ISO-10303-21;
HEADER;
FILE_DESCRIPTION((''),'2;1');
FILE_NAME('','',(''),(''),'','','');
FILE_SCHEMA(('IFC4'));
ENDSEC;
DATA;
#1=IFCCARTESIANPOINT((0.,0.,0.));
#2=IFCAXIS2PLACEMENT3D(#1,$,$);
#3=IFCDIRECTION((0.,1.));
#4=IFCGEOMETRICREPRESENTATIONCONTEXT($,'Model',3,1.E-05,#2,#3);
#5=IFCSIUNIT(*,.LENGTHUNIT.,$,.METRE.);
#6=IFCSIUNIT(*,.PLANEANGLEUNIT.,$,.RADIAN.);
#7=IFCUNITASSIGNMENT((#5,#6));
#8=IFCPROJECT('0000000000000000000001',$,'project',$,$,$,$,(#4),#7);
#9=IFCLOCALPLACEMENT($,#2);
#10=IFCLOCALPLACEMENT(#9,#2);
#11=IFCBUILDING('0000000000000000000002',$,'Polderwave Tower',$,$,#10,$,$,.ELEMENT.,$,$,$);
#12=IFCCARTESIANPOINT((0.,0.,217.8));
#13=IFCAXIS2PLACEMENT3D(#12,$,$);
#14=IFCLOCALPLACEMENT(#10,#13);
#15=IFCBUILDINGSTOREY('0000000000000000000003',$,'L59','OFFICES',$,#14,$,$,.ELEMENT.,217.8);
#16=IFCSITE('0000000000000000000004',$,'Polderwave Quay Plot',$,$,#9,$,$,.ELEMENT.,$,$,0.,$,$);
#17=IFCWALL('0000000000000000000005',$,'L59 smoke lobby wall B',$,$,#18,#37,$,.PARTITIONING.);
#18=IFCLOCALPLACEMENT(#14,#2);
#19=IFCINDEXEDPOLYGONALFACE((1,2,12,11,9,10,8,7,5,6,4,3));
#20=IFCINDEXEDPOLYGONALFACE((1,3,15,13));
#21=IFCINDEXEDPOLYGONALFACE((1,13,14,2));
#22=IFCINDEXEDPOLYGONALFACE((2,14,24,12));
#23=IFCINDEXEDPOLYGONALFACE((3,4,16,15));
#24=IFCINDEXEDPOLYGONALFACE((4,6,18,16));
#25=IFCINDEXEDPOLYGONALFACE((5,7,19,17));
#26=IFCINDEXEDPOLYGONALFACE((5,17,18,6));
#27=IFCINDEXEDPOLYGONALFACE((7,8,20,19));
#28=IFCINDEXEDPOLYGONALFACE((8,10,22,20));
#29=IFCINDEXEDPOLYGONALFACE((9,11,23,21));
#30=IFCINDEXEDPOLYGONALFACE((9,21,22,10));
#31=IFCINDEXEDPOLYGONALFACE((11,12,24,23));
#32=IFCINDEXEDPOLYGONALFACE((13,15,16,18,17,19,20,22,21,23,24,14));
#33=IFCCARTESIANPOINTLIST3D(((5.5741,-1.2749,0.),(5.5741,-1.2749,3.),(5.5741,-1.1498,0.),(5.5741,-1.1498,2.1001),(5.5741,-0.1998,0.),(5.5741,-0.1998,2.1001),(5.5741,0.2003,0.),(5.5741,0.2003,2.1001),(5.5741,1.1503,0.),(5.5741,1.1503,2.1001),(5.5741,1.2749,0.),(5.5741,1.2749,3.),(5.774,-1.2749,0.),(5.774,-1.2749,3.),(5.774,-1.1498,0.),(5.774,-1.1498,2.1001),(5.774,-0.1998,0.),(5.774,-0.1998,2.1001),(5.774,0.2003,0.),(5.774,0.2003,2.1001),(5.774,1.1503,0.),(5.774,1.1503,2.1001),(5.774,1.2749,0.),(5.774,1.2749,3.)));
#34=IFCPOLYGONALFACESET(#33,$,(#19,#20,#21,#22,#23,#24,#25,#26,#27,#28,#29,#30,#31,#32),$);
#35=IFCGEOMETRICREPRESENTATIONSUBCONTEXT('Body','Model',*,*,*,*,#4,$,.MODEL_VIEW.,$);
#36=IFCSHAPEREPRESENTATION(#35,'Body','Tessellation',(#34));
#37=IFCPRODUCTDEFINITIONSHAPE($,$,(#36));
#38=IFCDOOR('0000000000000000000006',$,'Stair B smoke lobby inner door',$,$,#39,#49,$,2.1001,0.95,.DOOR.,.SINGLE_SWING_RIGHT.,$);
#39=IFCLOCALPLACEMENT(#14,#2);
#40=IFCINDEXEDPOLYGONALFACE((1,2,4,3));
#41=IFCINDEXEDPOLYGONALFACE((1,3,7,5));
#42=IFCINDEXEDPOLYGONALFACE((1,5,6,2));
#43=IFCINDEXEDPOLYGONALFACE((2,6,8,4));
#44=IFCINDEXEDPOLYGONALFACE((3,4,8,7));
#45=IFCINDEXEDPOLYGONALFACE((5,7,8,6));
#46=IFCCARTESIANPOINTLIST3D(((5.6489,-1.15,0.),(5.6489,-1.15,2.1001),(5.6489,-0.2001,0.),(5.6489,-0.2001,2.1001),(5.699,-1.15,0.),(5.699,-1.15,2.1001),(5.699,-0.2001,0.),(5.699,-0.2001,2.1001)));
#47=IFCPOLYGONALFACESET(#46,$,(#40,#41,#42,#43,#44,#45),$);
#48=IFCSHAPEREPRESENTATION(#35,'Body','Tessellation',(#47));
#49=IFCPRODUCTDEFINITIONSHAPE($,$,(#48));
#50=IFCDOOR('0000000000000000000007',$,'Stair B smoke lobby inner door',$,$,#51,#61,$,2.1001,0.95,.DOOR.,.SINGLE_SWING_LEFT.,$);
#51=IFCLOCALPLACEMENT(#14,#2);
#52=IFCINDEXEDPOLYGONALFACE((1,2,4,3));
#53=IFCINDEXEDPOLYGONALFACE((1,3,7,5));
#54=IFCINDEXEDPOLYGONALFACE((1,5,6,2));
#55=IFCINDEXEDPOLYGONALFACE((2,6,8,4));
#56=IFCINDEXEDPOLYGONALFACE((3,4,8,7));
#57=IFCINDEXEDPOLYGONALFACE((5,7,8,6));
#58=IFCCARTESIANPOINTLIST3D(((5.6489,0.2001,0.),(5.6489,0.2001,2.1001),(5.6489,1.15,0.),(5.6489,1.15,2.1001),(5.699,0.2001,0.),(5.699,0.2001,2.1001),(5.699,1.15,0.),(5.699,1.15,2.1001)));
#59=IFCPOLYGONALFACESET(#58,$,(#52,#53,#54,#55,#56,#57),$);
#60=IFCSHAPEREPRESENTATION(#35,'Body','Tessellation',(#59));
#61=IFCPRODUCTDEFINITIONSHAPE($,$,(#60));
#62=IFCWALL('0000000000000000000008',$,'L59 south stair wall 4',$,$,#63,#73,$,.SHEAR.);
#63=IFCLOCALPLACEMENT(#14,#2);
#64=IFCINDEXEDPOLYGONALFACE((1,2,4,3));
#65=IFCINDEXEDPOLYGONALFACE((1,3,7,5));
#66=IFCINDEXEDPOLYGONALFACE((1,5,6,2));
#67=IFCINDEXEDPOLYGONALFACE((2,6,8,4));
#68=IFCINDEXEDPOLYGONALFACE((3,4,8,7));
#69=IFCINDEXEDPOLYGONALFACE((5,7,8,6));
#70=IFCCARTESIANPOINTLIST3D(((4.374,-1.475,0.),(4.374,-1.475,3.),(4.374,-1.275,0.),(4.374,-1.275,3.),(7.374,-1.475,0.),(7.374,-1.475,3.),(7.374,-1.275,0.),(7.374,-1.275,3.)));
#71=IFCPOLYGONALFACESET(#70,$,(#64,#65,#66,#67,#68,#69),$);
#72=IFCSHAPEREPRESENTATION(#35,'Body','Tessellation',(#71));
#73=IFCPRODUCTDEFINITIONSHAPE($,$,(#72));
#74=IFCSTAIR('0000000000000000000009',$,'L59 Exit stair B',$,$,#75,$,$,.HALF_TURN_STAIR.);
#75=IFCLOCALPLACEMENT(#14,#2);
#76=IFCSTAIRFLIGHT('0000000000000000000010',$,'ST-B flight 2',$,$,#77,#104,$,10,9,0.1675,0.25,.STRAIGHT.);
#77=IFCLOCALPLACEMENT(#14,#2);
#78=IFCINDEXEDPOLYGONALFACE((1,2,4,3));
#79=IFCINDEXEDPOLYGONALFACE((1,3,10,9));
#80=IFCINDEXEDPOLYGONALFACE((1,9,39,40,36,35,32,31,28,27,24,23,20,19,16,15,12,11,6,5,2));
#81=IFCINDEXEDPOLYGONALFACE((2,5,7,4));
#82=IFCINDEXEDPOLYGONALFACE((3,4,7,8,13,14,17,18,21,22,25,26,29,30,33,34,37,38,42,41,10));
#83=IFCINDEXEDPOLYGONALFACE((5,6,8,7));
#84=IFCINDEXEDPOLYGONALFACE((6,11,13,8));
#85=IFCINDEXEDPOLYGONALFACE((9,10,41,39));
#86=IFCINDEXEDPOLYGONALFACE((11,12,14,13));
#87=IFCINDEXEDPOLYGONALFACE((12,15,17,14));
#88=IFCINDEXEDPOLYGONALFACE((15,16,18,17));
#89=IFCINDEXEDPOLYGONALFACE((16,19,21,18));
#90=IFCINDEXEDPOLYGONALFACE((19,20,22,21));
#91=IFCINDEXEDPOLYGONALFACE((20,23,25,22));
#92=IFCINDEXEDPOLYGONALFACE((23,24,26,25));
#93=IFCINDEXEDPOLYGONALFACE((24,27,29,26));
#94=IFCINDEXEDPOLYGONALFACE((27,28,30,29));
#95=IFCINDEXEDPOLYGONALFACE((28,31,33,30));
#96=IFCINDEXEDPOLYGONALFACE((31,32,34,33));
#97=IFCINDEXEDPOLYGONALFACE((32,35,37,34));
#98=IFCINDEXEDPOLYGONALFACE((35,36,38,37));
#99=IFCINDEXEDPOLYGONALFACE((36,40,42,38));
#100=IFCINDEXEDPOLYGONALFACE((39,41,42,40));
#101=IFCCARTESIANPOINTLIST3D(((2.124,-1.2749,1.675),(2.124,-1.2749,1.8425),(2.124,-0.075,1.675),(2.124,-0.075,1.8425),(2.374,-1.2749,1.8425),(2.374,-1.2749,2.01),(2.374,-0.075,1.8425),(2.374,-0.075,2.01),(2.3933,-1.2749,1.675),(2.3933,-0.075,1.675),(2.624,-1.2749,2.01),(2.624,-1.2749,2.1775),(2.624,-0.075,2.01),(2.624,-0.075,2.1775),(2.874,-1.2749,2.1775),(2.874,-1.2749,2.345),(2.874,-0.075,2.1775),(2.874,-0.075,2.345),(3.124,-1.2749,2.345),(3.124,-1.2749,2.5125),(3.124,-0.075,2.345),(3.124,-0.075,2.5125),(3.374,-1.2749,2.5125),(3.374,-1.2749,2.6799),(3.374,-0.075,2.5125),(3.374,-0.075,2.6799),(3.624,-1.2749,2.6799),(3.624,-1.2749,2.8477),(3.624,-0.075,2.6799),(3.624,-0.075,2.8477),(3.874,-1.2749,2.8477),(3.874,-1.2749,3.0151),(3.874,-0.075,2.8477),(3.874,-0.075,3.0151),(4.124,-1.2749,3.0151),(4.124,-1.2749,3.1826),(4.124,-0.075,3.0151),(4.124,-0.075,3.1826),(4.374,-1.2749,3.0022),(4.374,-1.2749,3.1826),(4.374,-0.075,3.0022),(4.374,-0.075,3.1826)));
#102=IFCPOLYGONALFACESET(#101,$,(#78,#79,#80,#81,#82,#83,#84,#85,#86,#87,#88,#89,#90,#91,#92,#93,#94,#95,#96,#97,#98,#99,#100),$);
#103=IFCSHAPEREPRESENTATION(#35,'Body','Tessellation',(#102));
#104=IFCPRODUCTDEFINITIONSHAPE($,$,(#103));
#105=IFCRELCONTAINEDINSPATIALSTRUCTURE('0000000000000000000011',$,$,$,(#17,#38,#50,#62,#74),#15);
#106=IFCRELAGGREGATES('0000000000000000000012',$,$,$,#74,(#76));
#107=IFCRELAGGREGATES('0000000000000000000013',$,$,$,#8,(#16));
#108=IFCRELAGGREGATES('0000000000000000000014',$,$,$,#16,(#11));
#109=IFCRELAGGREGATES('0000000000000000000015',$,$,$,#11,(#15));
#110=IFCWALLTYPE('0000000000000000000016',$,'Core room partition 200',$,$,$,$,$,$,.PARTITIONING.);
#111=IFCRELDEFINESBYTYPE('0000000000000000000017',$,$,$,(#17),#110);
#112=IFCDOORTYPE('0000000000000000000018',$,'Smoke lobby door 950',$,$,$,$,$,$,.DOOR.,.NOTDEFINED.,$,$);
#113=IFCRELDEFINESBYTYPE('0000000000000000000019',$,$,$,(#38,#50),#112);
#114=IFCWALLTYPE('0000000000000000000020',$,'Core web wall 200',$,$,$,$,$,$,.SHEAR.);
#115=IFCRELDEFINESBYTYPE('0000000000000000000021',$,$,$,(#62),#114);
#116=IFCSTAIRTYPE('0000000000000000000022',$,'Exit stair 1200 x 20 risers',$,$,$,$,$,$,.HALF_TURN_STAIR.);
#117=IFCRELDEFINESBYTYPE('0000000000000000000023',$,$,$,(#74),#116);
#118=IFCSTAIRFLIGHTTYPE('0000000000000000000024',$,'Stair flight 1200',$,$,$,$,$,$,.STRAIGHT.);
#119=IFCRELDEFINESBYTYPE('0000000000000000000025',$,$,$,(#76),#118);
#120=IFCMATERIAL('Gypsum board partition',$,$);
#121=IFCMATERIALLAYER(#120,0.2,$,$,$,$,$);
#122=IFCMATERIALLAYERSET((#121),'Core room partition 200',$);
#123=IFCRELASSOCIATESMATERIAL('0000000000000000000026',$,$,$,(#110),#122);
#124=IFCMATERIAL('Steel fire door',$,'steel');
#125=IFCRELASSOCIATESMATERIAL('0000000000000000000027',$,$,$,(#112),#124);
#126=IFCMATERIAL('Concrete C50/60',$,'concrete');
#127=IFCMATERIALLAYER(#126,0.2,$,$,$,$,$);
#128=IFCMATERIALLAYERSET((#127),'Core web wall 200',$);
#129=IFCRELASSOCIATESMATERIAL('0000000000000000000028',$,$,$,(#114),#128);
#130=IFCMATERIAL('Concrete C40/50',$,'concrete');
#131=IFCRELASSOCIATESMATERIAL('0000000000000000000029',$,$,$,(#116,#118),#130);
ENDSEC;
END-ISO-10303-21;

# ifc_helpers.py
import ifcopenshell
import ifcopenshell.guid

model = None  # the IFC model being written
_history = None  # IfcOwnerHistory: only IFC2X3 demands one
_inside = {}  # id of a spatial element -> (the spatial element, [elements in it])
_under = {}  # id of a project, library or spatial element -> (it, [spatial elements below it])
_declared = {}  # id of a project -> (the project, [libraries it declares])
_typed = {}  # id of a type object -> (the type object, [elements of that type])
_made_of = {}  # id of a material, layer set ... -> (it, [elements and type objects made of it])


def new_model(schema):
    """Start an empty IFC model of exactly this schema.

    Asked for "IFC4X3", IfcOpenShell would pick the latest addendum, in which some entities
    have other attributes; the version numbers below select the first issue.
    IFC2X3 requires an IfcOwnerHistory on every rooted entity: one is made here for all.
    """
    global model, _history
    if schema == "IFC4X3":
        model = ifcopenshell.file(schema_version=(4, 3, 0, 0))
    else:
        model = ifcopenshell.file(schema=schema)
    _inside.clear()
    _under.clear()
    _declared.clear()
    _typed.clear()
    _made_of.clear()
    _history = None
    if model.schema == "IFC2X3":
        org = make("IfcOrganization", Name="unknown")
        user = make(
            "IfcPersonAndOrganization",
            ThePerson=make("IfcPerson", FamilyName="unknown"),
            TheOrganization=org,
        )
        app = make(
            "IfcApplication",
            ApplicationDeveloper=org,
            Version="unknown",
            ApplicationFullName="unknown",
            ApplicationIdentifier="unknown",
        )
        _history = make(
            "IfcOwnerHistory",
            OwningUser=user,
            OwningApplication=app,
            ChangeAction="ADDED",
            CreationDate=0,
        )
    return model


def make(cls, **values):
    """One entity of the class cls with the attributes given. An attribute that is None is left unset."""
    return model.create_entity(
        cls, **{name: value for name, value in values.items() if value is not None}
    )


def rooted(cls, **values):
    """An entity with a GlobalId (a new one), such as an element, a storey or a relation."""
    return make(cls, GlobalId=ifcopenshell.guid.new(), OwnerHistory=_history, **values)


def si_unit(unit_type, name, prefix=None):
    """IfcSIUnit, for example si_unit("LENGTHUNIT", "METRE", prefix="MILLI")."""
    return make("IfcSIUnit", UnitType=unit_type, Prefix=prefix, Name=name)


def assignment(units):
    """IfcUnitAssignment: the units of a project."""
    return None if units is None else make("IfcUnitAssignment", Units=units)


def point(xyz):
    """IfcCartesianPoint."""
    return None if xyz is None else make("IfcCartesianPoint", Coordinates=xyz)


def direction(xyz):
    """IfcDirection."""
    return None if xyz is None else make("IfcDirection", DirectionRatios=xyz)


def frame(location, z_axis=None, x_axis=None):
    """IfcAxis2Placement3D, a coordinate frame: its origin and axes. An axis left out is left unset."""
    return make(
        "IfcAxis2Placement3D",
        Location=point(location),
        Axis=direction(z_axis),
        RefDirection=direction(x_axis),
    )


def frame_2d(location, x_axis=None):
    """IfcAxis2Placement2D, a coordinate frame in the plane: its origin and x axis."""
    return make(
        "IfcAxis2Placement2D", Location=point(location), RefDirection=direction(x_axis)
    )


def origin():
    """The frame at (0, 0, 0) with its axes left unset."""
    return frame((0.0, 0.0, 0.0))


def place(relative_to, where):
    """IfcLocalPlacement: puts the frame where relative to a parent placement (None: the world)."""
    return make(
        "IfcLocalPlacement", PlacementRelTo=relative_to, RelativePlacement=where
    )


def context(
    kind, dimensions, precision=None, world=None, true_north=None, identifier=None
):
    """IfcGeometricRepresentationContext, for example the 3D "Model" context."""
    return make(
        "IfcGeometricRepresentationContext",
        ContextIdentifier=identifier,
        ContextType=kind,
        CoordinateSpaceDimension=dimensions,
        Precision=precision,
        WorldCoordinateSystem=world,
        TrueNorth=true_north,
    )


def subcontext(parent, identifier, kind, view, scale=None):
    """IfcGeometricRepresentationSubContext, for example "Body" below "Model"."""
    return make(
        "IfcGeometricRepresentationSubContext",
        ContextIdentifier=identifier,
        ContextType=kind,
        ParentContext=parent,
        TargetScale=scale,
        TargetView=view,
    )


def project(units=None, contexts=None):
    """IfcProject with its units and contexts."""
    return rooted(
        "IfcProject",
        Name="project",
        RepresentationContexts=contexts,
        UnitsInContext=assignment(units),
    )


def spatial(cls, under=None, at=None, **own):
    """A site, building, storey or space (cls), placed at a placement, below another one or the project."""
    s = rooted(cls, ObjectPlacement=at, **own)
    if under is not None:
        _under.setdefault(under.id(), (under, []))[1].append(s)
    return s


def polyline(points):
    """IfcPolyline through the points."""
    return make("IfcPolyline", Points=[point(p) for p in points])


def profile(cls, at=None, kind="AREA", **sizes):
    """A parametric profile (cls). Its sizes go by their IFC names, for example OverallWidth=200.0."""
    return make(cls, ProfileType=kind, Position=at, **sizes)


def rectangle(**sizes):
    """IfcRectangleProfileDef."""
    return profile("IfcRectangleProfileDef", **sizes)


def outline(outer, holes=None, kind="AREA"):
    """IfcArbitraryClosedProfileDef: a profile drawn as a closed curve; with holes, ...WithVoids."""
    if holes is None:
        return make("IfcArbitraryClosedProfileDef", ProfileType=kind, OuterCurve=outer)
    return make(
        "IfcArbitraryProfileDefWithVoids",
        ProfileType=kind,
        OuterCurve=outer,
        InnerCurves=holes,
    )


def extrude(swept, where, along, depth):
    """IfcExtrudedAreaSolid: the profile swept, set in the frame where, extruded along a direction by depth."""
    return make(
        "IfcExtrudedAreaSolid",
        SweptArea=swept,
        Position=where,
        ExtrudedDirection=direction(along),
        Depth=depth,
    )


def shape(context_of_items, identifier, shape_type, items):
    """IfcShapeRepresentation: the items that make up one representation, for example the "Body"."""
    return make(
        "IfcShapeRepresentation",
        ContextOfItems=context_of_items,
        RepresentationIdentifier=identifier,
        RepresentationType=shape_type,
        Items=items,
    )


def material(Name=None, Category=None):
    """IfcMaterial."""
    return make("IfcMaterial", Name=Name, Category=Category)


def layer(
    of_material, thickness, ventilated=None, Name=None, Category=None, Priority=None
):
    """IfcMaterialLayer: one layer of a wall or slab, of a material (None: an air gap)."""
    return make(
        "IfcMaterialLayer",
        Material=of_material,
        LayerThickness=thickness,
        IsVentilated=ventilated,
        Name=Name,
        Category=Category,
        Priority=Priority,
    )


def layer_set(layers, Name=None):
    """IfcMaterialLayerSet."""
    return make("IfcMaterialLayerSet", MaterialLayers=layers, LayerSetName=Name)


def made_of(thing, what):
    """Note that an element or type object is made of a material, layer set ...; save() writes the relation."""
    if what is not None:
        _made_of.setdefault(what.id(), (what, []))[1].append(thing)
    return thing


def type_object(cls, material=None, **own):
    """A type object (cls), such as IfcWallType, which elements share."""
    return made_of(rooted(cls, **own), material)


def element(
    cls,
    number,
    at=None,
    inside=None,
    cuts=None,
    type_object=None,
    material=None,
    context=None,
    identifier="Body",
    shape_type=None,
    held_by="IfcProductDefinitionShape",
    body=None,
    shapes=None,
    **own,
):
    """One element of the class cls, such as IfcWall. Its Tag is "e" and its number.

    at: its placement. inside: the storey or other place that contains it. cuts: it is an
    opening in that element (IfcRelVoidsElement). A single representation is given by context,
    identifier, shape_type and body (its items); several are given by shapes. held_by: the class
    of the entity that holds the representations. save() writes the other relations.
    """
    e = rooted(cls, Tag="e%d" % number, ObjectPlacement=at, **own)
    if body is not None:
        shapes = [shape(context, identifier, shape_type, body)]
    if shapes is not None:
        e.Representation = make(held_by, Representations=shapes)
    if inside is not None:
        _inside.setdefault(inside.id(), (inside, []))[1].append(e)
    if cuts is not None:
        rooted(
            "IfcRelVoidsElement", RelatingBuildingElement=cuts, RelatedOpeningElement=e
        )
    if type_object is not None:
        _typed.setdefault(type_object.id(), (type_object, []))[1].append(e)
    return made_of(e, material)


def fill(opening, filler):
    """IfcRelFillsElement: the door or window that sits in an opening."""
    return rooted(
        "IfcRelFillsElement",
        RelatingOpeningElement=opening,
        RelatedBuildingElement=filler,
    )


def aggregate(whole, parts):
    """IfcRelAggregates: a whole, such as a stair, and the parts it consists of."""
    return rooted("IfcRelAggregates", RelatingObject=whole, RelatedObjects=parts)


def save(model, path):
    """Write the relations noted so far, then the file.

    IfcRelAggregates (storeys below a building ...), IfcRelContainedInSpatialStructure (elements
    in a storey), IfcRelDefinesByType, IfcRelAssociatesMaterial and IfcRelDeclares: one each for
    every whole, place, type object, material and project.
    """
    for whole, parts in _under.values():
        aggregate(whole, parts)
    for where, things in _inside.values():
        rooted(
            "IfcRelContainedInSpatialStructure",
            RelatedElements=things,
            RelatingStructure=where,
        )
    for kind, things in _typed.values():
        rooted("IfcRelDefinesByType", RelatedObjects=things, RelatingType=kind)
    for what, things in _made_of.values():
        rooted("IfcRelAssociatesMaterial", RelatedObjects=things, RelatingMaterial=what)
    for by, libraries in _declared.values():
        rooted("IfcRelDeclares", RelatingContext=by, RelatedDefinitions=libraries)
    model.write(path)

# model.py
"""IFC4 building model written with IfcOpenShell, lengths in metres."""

from ifc_helpers import new_model, si_unit, direction, frame, frame_2d, origin, place, context, subcontext, project, spatial, polyline, rectangle, outline, extrude, material, layer, layer_set, type_object, element, fill, aggregate, save


model = new_model("IFC4")

# Units and contexts
model_context = context("Model", 3, precision=1e-05, world=origin(), true_north=direction((0.0, 1.0)))
body_context = subcontext(model_context, "Body", "Model", "MODEL_VIEW")
ifc_project = project(units=[si_unit("LENGTHUNIT", "METRE"), si_unit("PLANEANGLEUNIT", "RADIAN")], contexts=[model_context])

# Site, building, storey
site_placement = place(None, origin())
site = spatial("IfcSite", under=ifc_project, at=site_placement, Name="Polderwave Quay Plot", CompositionType="ELEMENT", RefElevation=0.0)
building_placement = place(site_placement, origin())
building = spatial("IfcBuilding", under=site, at=building_placement, Name="Polderwave Tower", CompositionType="ELEMENT")
storey_placement = place(building_placement, frame((0.0, 0.0, 217.8)))
storey = spatial("IfcBuildingStorey", under=building, at=storey_placement, Name="L59", Description="OFFICES", CompositionType="ELEMENT", Elevation=217.8)

# Wall, openings, doors
ifc_material_1 = material(Name="Gypsum board partition")
ifc_layer_1 = layer(ifc_material_1, 0.2)
ifc_layer_set_1 = layer_set([ifc_layer_1], Name="Core room partition 200")
wall_type_1 = type_object("IfcWallType", Name="Core room partition 200", PredefinedType="PARTITIONING", material=ifc_layer_set_1)
wall_1_placement = place(storey_placement, frame((5.6741, -1.2749, 0.0), z_axis=(0.0, 0.0, 1.0), x_axis=(0.0, 1.0, 0.0)))
wall_1 = element("IfcWall", 1, at=wall_1_placement, inside=storey, type_object=wall_type_1, Name="L59 smoke lobby wall B", PredefinedType="PARTITIONING", context=body_context, shape_type="SweptSolid", body=[
    extrude(rectangle(XDim=2.5498, YDim=0.2, at=frame_2d((1.2749, 0.0))), origin(), (0.0, 0.0, 1.0), 3.0),
])
opening_1_placement = place(wall_1_placement, frame((0.125, 0.0, 0.0)))
opening_1 = element("IfcOpeningElement", 2, at=opening_1_placement, cuts=wall_1, PredefinedType="OPENING", context=body_context, shape_type="SweptSolid", body=[
    extrude(rectangle(XDim=0.95, YDim=2.1001, at=frame_2d((0.4751, 1.05))), frame((0.0, 0.1099, 0.0), z_axis=(0.0, -1.0, 0.0), x_axis=(1.0, 0.0, 0.0)), (0.0, 0.0, 1.0), 0.22),
])
opening_2_placement = place(wall_1_placement, frame((1.4751, 0.0, 0.0)))
opening_2 = element("IfcOpeningElement", 3, at=opening_2_placement, cuts=wall_1, PredefinedType="OPENING", context=body_context, shape_type="SweptSolid", body=[
    extrude(rectangle(XDim=0.95, YDim=2.1001, at=frame_2d((0.4751, 1.05))), frame((0.0, 0.1099, 0.0), z_axis=(0.0, -1.0, 0.0), x_axis=(1.0, 0.0, 0.0)), (0.0, 0.0, 1.0), 0.22),
])
ifc_material_2 = material(Name="Steel fire door", Category="steel")
door_type = type_object("IfcDoorType", Name="Smoke lobby door 950", OperationType="NOTDEFINED", PredefinedType="DOOR", material=ifc_material_2)
door_1_placement = place(opening_1_placement, frame((0.95, 0.0, 0.0), z_axis=(0.0, 0.0, 1.0), x_axis=(-1.0, 0.0, 0.0)))
door_1 = element("IfcDoor", 4, at=door_1_placement, inside=storey, type_object=door_type, Name="Stair B smoke lobby inner door", OperationType="SINGLE_SWING_RIGHT", OverallHeight=2.1001, OverallWidth=0.95, PredefinedType="DOOR", context=body_context, shape_type="SweptSolid", body=[
    extrude(rectangle(XDim=0.95, YDim=2.1001, at=frame_2d((0.4751, 1.05))), frame((0.0, 0.0249, 0.0), z_axis=(0.0, -1.0, 0.0), x_axis=(1.0, 0.0, 0.0)), (0.0, 0.0, 1.0), 0.05),
])
fill(opening_1, door_1)
door_2_placement = place(opening_2_placement, frame((0.95, 0.0, 0.0), z_axis=(0.0, 0.0, 1.0), x_axis=(-1.0, 0.0, 0.0)))
door_2 = element("IfcDoor", 5, at=door_2_placement, inside=storey, type_object=door_type, Name="Stair B smoke lobby inner door", OperationType="SINGLE_SWING_LEFT", OverallHeight=2.1001, OverallWidth=0.95, PredefinedType="DOOR", context=body_context, shape_type="SweptSolid", body=[
    extrude(rectangle(XDim=0.95, YDim=2.1001, at=frame_2d((0.4751, 1.05))), frame((0.0, 0.0249, 0.0), z_axis=(0.0, -1.0, 0.0), x_axis=(1.0, 0.0, 0.0)), (0.0, 0.0, 1.0), 0.05),
])
fill(opening_2, door_2)

# Wall
ifc_material_3 = material(Name="Concrete C50/60", Category="concrete")
ifc_layer_2 = layer(ifc_material_3, 0.2)
ifc_layer_set_2 = layer_set([ifc_layer_2], Name="Core web wall 200")
wall_type_2 = type_object("IfcWallType", Name="Core web wall 200", PredefinedType="SHEAR", material=ifc_layer_set_2)
wall_2_placement = place(storey_placement, frame((4.374, -1.375, 0.0), z_axis=(0.0, 0.0, 1.0), x_axis=(1.0, 0.0, 0.0)))
element("IfcWall", 6, at=wall_2_placement, inside=storey, type_object=wall_type_2, Name="L59 south stair wall 4", PredefinedType="SHEAR", context=body_context, shape_type="SweptSolid", body=[
    extrude(rectangle(XDim=3.0, YDim=0.2, at=frame_2d((1.5, 0.0))), origin(), (0.0, 0.0, 1.0), 3.0),
])

# Stair, stair flight
ifc_material_4 = material(Name="Concrete C40/50", Category="concrete")
stair_type = type_object("IfcStairType", Name="Exit stair 1200 x 20 risers", PredefinedType="HALF_TURN_STAIR", material=ifc_material_4)
stair_placement = place(storey_placement, origin())
stair = element("IfcStair", 7, at=stair_placement, inside=storey, type_object=stair_type, Name="L59 Exit stair B", PredefinedType="HALF_TURN_STAIR")
stair_flight_type = type_object("IfcStairFlightType", Name="Stair flight 1200", PredefinedType="STRAIGHT", material=ifc_material_4)
stair_flight_placement = place(storey_placement, frame((2.124, -0.675, 1.675), z_axis=(0.0, 0.0, 1.0), x_axis=(1.0, 0.0, 0.0)))
stair_flight = element("IfcStairFlight", 8, at=stair_flight_placement, type_object=stair_flight_type, Name="ST-B flight 2", NumberOfRisers=10, NumberOfTreads=9, PredefinedType="STRAIGHT", RiserHeight=0.1675, TreadLength=0.25, context=body_context, shape_type="SweptSolid", body=[
    extrude(outline(polyline([(0.0, 0.0), (0.0, 0.1675), (0.25, 0.1675), (0.25, 0.335), (0.5, 0.335), (0.5, 0.5024), (0.75, 0.5024), (0.75, 0.6699), (1.0, 0.6699), (1.0, 0.8374), (1.25, 0.8374), (1.25, 1.0049), (1.5, 1.0049), (1.5, 1.1726), (1.75, 1.1726), (1.75, 1.3401), (2.0, 1.3401), (2.0, 1.5076), (2.25, 1.5076), (2.25, 1.675), (2.25, 1.3271), (0.2693, 0.0), (0.0, 0.0)])), frame((0.0, 0.6001, 0.0), z_axis=(0.0, -1.0, 0.0), x_axis=(1.0, 0.0, 0.0)), (0.0, 0.0, 1.0), 1.2),
])
aggregate(stair, [stair_flight])

save(model, "model.ifc")
